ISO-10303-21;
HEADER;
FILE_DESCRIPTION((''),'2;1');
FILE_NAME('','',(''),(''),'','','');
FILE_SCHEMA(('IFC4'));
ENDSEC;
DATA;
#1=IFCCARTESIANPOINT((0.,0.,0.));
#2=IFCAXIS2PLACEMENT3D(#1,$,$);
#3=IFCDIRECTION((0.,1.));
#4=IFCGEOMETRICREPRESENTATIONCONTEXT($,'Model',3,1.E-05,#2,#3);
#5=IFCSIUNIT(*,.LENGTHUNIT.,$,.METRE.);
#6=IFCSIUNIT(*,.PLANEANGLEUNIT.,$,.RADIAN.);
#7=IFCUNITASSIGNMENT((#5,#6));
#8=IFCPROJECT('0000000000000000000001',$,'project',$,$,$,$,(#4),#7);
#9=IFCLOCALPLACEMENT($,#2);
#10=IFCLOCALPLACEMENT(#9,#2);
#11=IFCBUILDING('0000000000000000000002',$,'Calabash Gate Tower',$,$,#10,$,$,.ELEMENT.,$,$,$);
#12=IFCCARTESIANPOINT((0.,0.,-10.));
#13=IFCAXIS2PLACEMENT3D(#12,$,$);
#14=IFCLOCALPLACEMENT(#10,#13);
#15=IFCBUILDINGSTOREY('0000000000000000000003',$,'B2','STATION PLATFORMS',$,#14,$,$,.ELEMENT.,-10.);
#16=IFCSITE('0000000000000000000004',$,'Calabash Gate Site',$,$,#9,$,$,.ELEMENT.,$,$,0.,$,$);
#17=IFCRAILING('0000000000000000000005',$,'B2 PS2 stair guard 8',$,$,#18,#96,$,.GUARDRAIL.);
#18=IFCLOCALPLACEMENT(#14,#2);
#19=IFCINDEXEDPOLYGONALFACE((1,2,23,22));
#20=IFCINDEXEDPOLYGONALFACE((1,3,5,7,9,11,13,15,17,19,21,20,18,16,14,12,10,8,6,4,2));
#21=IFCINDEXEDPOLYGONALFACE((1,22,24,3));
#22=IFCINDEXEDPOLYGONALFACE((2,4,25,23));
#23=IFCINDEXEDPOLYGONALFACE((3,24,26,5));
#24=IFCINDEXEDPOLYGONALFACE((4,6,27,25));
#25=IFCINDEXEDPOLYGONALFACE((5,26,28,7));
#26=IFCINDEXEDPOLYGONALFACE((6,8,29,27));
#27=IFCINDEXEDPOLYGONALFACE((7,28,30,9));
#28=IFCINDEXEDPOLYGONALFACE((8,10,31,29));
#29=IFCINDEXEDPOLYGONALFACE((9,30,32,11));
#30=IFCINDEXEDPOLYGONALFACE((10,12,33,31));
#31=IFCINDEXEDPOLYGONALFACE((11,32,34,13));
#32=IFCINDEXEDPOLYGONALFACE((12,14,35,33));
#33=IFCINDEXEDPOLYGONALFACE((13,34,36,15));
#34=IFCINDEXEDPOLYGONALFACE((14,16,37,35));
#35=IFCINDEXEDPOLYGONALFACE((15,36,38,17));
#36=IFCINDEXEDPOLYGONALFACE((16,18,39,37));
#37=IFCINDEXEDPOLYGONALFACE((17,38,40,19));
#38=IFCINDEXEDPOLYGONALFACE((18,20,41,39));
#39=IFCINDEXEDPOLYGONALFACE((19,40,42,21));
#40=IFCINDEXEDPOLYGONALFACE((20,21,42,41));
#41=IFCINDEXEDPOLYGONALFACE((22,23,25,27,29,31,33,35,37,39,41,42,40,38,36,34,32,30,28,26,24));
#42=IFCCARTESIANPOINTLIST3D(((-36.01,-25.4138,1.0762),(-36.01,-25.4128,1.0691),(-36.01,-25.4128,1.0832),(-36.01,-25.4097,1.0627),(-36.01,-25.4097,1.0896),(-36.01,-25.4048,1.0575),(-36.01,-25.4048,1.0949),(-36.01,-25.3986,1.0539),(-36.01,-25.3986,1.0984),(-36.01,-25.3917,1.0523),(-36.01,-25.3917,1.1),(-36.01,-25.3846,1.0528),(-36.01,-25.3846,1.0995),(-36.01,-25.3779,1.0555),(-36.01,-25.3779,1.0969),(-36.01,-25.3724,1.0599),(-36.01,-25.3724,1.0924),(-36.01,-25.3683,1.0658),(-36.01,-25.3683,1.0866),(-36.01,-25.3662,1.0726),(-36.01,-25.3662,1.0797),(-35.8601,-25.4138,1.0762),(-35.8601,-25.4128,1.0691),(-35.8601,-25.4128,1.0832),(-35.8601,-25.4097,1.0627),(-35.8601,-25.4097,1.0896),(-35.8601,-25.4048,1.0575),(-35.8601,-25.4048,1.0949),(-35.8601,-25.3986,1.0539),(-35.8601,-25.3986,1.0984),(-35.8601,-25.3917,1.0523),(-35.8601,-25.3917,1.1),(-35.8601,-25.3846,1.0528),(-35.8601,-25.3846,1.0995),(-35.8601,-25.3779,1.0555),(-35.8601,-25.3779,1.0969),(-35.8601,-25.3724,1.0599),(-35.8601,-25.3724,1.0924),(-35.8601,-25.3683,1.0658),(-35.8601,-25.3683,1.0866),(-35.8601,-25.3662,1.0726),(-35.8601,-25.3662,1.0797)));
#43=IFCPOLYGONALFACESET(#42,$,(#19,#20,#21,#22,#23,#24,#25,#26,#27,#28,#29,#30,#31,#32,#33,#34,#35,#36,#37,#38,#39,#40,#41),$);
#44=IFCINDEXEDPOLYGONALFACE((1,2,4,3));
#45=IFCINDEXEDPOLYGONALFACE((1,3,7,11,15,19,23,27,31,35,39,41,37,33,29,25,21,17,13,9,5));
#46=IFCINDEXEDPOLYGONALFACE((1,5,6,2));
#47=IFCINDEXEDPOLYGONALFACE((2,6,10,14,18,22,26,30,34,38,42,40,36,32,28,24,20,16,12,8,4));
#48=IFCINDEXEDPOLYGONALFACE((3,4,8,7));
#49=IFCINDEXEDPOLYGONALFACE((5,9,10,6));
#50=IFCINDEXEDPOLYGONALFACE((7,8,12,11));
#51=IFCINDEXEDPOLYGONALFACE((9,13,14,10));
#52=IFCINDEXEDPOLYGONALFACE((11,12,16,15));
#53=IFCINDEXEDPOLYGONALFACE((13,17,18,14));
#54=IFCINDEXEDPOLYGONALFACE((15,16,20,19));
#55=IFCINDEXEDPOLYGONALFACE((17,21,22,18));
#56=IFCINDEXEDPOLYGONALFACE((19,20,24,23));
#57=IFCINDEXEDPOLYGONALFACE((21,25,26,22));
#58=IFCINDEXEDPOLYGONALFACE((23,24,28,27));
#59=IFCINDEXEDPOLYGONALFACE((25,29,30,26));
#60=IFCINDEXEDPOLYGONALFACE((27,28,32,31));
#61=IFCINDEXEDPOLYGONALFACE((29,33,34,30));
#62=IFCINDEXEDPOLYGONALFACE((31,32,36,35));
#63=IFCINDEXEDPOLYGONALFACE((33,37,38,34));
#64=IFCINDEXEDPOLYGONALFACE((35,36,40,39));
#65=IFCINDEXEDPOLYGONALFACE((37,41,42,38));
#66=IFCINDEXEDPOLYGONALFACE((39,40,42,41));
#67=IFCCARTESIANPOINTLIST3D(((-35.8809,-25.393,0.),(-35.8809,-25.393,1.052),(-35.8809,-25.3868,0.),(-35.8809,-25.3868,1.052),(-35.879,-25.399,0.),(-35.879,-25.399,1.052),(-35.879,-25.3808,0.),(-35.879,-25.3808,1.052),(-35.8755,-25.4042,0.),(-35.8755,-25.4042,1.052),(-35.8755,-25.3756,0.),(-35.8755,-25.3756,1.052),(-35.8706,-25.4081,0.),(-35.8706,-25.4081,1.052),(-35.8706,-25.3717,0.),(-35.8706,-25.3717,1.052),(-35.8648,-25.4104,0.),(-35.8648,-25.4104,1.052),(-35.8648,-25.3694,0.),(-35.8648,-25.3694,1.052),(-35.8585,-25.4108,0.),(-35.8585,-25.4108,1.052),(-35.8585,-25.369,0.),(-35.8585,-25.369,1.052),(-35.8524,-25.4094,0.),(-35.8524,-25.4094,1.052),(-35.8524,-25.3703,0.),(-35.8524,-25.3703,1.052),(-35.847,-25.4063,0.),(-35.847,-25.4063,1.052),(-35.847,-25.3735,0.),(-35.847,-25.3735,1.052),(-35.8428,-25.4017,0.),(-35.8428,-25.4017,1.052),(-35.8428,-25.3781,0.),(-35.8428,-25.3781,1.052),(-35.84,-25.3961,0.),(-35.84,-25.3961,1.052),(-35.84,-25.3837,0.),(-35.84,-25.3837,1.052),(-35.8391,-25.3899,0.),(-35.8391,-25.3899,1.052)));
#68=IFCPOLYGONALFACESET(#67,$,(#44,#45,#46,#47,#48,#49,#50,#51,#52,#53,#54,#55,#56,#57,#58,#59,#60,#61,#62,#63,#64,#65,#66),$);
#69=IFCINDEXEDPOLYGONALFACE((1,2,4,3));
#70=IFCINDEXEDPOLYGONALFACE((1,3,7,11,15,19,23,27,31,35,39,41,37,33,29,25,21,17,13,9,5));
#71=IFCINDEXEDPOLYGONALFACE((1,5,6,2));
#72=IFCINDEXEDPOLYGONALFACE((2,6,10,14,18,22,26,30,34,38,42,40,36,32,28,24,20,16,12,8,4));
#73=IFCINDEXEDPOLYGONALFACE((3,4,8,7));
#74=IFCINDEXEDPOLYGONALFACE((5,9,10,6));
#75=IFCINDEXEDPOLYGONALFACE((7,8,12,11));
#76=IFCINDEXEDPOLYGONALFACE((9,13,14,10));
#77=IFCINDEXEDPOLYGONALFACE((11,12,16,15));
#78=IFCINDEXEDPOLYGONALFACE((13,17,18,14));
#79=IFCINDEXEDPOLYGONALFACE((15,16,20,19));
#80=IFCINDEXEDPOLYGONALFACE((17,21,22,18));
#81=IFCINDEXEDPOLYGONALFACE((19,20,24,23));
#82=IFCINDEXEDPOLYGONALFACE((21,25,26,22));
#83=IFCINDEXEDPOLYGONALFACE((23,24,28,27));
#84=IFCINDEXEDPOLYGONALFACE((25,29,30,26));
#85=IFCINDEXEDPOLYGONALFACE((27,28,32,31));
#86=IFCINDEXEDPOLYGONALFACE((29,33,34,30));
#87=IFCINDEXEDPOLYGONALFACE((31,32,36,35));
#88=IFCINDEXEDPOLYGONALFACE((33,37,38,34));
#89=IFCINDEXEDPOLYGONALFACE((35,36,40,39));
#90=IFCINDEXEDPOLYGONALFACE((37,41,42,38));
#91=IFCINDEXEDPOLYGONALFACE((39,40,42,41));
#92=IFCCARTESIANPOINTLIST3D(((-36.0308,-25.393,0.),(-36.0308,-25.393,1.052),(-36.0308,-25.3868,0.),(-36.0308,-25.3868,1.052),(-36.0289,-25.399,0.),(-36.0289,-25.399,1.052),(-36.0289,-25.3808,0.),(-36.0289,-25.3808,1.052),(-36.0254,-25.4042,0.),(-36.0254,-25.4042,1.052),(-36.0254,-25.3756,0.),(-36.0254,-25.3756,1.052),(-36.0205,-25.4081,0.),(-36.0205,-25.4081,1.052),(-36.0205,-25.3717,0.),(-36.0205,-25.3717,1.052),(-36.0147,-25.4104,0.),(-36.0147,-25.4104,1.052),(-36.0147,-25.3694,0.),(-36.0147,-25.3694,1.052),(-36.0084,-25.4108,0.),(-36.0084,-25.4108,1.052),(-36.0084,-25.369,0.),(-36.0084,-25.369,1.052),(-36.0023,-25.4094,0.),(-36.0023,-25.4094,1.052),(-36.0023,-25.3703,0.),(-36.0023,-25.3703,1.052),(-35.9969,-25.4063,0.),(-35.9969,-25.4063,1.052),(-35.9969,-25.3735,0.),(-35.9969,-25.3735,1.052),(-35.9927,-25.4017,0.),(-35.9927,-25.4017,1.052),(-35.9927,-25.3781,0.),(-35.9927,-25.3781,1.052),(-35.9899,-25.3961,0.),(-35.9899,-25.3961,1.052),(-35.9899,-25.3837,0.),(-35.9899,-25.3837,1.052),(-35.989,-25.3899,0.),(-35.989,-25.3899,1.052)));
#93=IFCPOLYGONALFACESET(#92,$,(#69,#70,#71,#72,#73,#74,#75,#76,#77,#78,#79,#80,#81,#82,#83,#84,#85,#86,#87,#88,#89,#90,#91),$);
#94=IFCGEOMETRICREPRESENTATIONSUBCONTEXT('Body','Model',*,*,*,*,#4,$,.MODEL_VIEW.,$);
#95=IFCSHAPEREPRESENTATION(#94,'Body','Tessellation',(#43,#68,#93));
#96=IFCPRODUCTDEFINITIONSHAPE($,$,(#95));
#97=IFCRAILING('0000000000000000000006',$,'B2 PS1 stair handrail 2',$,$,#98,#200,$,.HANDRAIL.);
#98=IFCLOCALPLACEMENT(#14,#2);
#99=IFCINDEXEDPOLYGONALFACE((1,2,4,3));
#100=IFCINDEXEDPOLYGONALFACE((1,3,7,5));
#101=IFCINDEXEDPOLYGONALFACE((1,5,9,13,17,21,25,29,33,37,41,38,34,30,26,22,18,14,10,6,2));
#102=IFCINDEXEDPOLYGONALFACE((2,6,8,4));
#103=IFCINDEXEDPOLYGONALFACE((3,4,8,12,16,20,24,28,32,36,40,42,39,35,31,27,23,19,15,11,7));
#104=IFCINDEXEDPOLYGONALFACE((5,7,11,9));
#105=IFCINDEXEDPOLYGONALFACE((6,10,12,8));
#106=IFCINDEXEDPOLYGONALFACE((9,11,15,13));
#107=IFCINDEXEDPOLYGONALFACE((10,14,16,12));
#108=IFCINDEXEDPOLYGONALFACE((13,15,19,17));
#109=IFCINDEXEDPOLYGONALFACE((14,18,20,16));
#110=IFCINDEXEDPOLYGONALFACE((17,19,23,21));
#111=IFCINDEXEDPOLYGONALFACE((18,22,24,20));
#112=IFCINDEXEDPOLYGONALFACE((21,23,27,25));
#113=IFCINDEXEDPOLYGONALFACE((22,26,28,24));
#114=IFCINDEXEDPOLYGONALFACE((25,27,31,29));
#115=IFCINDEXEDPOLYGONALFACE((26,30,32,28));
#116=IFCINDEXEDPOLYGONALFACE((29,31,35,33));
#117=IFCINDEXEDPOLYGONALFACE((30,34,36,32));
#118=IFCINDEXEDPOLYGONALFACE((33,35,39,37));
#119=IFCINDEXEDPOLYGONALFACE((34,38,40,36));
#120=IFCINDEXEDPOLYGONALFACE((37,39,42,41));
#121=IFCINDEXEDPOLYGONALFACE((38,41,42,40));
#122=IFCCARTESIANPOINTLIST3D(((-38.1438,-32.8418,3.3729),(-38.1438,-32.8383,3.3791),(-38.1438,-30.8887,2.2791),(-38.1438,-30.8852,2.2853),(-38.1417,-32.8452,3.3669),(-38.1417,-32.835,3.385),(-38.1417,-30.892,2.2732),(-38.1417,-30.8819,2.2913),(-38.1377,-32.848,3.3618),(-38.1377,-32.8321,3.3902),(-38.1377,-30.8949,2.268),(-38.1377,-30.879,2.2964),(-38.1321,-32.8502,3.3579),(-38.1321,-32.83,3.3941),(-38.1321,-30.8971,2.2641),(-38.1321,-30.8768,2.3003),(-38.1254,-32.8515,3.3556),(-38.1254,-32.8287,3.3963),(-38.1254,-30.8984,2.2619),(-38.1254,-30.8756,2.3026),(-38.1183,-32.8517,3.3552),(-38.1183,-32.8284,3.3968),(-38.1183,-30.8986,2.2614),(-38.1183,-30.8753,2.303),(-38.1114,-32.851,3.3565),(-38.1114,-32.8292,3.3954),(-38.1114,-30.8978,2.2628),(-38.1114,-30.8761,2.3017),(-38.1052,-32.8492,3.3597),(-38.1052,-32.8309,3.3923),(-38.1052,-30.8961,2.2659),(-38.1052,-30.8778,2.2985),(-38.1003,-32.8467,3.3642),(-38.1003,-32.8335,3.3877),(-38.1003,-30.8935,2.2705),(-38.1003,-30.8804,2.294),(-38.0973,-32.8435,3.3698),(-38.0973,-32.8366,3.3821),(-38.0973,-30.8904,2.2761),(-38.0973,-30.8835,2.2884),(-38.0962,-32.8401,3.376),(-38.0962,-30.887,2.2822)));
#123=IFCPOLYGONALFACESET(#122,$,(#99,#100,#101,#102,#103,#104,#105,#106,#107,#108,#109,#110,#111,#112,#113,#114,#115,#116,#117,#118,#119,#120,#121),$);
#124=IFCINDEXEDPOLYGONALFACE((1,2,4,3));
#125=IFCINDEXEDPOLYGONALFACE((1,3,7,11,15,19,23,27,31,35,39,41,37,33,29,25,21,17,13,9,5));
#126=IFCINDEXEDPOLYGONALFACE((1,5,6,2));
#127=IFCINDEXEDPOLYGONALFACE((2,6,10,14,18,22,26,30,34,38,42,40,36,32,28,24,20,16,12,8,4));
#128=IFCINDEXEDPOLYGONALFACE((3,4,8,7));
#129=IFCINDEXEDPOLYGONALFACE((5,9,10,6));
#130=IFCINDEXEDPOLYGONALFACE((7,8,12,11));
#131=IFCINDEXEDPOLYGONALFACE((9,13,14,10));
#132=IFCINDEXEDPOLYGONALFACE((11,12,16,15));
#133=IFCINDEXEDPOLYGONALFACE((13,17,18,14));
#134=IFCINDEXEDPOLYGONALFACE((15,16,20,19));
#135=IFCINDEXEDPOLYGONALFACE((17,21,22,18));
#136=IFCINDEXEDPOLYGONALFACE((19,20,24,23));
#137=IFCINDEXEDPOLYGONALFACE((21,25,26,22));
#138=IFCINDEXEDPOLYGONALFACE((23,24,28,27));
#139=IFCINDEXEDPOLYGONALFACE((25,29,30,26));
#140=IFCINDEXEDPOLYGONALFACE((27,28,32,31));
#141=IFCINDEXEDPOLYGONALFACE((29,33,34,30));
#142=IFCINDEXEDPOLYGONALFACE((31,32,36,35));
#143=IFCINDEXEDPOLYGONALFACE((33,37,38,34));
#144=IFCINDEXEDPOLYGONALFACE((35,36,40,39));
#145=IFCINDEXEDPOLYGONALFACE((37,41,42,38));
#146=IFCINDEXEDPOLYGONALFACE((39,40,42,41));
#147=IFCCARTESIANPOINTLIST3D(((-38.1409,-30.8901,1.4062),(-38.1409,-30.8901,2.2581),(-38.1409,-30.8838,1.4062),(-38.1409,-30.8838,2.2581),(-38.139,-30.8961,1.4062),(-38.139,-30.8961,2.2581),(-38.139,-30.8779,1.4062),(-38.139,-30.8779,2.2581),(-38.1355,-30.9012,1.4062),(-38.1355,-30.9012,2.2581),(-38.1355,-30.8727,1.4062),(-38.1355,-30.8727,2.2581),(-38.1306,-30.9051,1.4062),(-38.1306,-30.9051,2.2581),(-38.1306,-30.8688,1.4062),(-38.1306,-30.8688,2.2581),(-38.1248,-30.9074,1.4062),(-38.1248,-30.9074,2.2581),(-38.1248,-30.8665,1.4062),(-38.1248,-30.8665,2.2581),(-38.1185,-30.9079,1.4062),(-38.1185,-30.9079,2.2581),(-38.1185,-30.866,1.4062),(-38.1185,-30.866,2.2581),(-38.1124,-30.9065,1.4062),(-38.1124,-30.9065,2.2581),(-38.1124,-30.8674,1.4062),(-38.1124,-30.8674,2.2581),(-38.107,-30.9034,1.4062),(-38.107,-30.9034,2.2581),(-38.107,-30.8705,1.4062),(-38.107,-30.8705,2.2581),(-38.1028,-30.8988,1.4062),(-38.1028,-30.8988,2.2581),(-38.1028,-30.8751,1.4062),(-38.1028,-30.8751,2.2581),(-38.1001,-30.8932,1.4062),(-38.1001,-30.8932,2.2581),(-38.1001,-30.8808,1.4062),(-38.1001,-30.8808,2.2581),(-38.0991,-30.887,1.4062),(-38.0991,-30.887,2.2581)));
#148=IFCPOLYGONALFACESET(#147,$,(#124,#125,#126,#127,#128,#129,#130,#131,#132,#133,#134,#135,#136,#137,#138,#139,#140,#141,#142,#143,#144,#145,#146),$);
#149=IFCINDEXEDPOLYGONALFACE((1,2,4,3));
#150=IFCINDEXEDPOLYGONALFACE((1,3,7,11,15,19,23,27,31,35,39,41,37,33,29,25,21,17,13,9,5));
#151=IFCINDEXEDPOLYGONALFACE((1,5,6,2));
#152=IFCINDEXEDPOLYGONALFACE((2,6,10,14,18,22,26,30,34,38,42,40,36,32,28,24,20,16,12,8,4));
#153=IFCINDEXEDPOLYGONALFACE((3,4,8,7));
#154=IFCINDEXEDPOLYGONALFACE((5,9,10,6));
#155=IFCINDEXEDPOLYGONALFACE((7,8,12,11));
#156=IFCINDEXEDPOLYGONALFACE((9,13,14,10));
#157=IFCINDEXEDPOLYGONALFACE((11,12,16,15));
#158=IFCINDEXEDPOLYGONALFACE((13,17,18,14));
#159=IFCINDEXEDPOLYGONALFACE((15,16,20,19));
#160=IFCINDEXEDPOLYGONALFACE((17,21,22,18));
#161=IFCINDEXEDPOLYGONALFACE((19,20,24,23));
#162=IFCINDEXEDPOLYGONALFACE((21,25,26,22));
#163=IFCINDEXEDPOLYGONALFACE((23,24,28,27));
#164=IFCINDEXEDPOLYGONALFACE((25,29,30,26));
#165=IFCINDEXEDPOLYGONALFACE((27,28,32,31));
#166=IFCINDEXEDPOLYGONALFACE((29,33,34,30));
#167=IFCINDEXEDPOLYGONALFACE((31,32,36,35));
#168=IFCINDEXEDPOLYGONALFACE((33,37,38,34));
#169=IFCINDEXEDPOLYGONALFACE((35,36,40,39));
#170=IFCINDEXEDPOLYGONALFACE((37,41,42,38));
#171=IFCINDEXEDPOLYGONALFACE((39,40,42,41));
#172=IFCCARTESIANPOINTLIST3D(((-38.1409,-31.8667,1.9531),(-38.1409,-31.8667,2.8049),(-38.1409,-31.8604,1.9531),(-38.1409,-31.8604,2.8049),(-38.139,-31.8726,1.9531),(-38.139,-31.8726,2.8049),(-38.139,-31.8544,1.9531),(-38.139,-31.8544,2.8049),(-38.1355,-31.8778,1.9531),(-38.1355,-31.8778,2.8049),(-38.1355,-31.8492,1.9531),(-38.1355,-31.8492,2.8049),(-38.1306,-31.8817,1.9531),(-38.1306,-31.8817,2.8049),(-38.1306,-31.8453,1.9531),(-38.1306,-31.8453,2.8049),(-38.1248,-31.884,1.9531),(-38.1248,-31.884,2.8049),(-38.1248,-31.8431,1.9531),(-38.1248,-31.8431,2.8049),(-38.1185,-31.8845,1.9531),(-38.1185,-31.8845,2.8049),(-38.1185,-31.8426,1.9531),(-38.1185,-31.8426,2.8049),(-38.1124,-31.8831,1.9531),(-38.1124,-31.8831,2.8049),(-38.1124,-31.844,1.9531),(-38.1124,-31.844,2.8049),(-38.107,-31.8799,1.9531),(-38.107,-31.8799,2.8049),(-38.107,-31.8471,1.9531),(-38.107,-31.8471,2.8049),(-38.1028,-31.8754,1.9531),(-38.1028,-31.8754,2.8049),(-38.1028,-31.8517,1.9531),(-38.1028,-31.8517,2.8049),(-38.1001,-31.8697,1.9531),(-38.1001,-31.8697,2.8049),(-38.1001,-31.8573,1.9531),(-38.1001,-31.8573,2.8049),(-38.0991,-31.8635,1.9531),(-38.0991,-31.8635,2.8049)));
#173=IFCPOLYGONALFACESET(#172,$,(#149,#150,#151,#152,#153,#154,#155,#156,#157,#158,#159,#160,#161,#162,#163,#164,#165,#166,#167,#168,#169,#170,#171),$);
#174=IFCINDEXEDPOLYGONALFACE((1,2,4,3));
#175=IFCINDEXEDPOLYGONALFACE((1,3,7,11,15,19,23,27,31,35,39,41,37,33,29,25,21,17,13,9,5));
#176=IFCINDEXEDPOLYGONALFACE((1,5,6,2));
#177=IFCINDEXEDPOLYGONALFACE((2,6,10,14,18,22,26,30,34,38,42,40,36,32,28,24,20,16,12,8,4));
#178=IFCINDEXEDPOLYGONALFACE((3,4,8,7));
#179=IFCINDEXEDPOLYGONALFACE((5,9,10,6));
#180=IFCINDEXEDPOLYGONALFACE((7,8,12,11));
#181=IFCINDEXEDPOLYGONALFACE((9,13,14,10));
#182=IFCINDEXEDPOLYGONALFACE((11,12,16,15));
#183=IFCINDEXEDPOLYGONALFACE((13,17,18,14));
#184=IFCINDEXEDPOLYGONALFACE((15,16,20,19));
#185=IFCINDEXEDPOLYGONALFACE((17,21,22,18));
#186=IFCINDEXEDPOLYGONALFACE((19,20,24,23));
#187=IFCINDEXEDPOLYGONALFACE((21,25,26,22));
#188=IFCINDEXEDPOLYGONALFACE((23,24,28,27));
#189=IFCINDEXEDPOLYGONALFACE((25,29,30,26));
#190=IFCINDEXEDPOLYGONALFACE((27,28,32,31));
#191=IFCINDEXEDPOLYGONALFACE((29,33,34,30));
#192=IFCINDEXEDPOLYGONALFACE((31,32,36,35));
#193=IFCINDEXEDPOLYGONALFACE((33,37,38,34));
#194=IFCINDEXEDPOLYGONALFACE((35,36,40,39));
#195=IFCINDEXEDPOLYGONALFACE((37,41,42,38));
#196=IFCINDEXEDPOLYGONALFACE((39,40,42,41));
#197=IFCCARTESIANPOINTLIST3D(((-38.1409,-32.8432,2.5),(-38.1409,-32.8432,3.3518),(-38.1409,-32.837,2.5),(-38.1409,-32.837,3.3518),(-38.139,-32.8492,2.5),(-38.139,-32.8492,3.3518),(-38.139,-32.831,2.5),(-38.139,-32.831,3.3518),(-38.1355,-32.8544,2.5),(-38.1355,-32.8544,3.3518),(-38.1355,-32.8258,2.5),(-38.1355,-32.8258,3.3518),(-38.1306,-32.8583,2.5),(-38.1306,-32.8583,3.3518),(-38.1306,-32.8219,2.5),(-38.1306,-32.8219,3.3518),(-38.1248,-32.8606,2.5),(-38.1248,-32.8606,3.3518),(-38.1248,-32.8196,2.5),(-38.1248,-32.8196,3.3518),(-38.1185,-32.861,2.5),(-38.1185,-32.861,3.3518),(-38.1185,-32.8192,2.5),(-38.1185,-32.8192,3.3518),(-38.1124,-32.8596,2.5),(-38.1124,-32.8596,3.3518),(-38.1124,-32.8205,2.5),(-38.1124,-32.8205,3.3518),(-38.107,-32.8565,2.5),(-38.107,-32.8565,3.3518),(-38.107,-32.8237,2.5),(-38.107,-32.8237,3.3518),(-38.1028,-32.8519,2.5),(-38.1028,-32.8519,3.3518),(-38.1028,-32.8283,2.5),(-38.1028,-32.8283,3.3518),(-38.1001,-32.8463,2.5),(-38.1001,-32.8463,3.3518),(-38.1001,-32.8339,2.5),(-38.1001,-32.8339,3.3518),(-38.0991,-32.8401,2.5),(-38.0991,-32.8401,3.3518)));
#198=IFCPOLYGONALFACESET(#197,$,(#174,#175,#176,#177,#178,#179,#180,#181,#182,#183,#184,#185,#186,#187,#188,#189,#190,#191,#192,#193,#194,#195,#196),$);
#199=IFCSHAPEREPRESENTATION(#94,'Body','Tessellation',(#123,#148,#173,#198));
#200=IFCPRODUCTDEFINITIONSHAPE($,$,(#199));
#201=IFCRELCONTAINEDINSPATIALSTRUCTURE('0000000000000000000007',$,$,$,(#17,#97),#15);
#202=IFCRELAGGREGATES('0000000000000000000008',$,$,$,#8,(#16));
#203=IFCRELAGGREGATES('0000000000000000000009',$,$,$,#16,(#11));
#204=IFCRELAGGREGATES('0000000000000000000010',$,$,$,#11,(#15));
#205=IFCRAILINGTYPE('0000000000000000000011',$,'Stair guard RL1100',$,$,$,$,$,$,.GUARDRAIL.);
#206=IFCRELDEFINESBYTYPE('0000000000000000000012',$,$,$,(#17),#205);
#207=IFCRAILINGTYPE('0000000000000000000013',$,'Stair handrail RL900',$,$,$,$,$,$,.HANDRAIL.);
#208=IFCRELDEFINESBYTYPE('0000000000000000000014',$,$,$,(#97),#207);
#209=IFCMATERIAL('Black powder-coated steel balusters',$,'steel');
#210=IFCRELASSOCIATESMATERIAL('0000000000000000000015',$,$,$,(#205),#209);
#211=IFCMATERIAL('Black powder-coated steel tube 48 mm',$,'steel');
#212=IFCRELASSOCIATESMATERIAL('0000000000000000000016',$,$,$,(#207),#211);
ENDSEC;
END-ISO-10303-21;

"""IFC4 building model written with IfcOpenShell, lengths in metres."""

from ifc_helpers import new_model, si_unit, direction, frame, origin, origin_2d, place, context, subcontext, project, spatial, circle, extrude, material, type_object, element, save


model = new_model("IFC4")

# Units and contexts
model_context = context("Model", 3, precision=1e-05, world=origin(), true_north=direction((0.0, 1.0)))
body_context = subcontext(model_context, "Body", "Model", "MODEL_VIEW")
ifc_project = project(units=[si_unit("LENGTHUNIT", "METRE"), si_unit("PLANEANGLEUNIT", "RADIAN")], contexts=[model_context])

# Site, building, storey
site_placement = place(None, origin())
site = spatial("IfcSite", under=ifc_project, at=site_placement, Name="Calabash Gate Site", CompositionType="ELEMENT", RefElevation=0.0)
building_placement = place(site_placement, origin())
building = spatial("IfcBuilding", under=site, at=building_placement, Name="Calabash Gate Tower", CompositionType="ELEMENT")
storey_placement = place(building_placement, frame((0.0, 0.0, -10.0)))
storey = spatial("IfcBuildingStorey", under=building, at=storey_placement, Name="B2", Description="STATION PLATFORMS", CompositionType="ELEMENT", Elevation=-10.0)

# Railings
ifc_material_1 = material(Name="Black powder-coated steel balusters", Category="steel")
railing_type_1 = type_object("IfcRailingType", Name="Stair guard RL1100", PredefinedType="GUARDRAIL", material=ifc_material_1)
for number, where, name in (
    (1, (-35.8601, -25.3899, 0.0), "B2 PS2 stair guard 8"),
):
    element("IfcRailing", number, at=place(storey_placement, frame(where)), inside=storey, type_object=railing_type_1, Name=name, PredefinedType="GUARDRAIL", context=body_context, shape_type="SweptSolid", body=[
        extrude(circle(Radius=0.0239, at=origin_2d()), frame((0.0, 0.0, 1.0762), z_axis=(-1.0, 0.0, 0.0), x_axis=(0.0, -1.0, 0.0)), (0.0, 0.0, 1.0), 0.1499),
        extrude(circle(Radius=0.021, at=origin_2d()), origin(), (0.0, 0.0, 1.0), 1.052),
        extrude(circle(Radius=0.021, at=origin_2d()), frame((-0.1499, 0.0, 0.0)), (0.0, 0.0, 1.0), 1.052),
    ])
ifc_material_2 = material(Name="Black powder-coated steel tube 48 mm", Category="steel")
railing_type_2 = type_object("IfcRailingType", Name="Stair handrail RL900", PredefinedType="HANDRAIL", material=ifc_material_2)
for number, where, name in (
    (2, (-38.1201, -30.887, 1.4062), "B2 PS1 stair handrail 2"),
):
    element("IfcRailing", number, at=place(storey_placement, frame(where)), inside=storey, type_object=railing_type_2, Name=name, PredefinedType="HANDRAIL", context=body_context, shape_type="SweptSolid", body=[
        extrude(circle(Radius=0.0239, at=origin_2d()), frame((0.0, 0.0, 0.876), z_axis=(0.0, -0.872506, 0.488603), x_axis=(1.0, 0.0, 0.0)), (0.0, 0.0, 1.0), 2.2385),
        extrude(circle(Radius=0.021, at=origin_2d()), origin(), (0.0, 0.0, 1.0), 0.8518),
        extrude(circle(Radius=0.021, at=origin_2d()), frame((0.0, -0.9766, 0.5469)), (0.0, 0.0, 1.0), 0.8518),
        extrude(circle(Radius=0.021, at=origin_2d()), frame((0.0, -1.9531, 1.0938)), (0.0, 0.0, 1.0), 0.8518),
    ])

save(model, "model.ifc")
